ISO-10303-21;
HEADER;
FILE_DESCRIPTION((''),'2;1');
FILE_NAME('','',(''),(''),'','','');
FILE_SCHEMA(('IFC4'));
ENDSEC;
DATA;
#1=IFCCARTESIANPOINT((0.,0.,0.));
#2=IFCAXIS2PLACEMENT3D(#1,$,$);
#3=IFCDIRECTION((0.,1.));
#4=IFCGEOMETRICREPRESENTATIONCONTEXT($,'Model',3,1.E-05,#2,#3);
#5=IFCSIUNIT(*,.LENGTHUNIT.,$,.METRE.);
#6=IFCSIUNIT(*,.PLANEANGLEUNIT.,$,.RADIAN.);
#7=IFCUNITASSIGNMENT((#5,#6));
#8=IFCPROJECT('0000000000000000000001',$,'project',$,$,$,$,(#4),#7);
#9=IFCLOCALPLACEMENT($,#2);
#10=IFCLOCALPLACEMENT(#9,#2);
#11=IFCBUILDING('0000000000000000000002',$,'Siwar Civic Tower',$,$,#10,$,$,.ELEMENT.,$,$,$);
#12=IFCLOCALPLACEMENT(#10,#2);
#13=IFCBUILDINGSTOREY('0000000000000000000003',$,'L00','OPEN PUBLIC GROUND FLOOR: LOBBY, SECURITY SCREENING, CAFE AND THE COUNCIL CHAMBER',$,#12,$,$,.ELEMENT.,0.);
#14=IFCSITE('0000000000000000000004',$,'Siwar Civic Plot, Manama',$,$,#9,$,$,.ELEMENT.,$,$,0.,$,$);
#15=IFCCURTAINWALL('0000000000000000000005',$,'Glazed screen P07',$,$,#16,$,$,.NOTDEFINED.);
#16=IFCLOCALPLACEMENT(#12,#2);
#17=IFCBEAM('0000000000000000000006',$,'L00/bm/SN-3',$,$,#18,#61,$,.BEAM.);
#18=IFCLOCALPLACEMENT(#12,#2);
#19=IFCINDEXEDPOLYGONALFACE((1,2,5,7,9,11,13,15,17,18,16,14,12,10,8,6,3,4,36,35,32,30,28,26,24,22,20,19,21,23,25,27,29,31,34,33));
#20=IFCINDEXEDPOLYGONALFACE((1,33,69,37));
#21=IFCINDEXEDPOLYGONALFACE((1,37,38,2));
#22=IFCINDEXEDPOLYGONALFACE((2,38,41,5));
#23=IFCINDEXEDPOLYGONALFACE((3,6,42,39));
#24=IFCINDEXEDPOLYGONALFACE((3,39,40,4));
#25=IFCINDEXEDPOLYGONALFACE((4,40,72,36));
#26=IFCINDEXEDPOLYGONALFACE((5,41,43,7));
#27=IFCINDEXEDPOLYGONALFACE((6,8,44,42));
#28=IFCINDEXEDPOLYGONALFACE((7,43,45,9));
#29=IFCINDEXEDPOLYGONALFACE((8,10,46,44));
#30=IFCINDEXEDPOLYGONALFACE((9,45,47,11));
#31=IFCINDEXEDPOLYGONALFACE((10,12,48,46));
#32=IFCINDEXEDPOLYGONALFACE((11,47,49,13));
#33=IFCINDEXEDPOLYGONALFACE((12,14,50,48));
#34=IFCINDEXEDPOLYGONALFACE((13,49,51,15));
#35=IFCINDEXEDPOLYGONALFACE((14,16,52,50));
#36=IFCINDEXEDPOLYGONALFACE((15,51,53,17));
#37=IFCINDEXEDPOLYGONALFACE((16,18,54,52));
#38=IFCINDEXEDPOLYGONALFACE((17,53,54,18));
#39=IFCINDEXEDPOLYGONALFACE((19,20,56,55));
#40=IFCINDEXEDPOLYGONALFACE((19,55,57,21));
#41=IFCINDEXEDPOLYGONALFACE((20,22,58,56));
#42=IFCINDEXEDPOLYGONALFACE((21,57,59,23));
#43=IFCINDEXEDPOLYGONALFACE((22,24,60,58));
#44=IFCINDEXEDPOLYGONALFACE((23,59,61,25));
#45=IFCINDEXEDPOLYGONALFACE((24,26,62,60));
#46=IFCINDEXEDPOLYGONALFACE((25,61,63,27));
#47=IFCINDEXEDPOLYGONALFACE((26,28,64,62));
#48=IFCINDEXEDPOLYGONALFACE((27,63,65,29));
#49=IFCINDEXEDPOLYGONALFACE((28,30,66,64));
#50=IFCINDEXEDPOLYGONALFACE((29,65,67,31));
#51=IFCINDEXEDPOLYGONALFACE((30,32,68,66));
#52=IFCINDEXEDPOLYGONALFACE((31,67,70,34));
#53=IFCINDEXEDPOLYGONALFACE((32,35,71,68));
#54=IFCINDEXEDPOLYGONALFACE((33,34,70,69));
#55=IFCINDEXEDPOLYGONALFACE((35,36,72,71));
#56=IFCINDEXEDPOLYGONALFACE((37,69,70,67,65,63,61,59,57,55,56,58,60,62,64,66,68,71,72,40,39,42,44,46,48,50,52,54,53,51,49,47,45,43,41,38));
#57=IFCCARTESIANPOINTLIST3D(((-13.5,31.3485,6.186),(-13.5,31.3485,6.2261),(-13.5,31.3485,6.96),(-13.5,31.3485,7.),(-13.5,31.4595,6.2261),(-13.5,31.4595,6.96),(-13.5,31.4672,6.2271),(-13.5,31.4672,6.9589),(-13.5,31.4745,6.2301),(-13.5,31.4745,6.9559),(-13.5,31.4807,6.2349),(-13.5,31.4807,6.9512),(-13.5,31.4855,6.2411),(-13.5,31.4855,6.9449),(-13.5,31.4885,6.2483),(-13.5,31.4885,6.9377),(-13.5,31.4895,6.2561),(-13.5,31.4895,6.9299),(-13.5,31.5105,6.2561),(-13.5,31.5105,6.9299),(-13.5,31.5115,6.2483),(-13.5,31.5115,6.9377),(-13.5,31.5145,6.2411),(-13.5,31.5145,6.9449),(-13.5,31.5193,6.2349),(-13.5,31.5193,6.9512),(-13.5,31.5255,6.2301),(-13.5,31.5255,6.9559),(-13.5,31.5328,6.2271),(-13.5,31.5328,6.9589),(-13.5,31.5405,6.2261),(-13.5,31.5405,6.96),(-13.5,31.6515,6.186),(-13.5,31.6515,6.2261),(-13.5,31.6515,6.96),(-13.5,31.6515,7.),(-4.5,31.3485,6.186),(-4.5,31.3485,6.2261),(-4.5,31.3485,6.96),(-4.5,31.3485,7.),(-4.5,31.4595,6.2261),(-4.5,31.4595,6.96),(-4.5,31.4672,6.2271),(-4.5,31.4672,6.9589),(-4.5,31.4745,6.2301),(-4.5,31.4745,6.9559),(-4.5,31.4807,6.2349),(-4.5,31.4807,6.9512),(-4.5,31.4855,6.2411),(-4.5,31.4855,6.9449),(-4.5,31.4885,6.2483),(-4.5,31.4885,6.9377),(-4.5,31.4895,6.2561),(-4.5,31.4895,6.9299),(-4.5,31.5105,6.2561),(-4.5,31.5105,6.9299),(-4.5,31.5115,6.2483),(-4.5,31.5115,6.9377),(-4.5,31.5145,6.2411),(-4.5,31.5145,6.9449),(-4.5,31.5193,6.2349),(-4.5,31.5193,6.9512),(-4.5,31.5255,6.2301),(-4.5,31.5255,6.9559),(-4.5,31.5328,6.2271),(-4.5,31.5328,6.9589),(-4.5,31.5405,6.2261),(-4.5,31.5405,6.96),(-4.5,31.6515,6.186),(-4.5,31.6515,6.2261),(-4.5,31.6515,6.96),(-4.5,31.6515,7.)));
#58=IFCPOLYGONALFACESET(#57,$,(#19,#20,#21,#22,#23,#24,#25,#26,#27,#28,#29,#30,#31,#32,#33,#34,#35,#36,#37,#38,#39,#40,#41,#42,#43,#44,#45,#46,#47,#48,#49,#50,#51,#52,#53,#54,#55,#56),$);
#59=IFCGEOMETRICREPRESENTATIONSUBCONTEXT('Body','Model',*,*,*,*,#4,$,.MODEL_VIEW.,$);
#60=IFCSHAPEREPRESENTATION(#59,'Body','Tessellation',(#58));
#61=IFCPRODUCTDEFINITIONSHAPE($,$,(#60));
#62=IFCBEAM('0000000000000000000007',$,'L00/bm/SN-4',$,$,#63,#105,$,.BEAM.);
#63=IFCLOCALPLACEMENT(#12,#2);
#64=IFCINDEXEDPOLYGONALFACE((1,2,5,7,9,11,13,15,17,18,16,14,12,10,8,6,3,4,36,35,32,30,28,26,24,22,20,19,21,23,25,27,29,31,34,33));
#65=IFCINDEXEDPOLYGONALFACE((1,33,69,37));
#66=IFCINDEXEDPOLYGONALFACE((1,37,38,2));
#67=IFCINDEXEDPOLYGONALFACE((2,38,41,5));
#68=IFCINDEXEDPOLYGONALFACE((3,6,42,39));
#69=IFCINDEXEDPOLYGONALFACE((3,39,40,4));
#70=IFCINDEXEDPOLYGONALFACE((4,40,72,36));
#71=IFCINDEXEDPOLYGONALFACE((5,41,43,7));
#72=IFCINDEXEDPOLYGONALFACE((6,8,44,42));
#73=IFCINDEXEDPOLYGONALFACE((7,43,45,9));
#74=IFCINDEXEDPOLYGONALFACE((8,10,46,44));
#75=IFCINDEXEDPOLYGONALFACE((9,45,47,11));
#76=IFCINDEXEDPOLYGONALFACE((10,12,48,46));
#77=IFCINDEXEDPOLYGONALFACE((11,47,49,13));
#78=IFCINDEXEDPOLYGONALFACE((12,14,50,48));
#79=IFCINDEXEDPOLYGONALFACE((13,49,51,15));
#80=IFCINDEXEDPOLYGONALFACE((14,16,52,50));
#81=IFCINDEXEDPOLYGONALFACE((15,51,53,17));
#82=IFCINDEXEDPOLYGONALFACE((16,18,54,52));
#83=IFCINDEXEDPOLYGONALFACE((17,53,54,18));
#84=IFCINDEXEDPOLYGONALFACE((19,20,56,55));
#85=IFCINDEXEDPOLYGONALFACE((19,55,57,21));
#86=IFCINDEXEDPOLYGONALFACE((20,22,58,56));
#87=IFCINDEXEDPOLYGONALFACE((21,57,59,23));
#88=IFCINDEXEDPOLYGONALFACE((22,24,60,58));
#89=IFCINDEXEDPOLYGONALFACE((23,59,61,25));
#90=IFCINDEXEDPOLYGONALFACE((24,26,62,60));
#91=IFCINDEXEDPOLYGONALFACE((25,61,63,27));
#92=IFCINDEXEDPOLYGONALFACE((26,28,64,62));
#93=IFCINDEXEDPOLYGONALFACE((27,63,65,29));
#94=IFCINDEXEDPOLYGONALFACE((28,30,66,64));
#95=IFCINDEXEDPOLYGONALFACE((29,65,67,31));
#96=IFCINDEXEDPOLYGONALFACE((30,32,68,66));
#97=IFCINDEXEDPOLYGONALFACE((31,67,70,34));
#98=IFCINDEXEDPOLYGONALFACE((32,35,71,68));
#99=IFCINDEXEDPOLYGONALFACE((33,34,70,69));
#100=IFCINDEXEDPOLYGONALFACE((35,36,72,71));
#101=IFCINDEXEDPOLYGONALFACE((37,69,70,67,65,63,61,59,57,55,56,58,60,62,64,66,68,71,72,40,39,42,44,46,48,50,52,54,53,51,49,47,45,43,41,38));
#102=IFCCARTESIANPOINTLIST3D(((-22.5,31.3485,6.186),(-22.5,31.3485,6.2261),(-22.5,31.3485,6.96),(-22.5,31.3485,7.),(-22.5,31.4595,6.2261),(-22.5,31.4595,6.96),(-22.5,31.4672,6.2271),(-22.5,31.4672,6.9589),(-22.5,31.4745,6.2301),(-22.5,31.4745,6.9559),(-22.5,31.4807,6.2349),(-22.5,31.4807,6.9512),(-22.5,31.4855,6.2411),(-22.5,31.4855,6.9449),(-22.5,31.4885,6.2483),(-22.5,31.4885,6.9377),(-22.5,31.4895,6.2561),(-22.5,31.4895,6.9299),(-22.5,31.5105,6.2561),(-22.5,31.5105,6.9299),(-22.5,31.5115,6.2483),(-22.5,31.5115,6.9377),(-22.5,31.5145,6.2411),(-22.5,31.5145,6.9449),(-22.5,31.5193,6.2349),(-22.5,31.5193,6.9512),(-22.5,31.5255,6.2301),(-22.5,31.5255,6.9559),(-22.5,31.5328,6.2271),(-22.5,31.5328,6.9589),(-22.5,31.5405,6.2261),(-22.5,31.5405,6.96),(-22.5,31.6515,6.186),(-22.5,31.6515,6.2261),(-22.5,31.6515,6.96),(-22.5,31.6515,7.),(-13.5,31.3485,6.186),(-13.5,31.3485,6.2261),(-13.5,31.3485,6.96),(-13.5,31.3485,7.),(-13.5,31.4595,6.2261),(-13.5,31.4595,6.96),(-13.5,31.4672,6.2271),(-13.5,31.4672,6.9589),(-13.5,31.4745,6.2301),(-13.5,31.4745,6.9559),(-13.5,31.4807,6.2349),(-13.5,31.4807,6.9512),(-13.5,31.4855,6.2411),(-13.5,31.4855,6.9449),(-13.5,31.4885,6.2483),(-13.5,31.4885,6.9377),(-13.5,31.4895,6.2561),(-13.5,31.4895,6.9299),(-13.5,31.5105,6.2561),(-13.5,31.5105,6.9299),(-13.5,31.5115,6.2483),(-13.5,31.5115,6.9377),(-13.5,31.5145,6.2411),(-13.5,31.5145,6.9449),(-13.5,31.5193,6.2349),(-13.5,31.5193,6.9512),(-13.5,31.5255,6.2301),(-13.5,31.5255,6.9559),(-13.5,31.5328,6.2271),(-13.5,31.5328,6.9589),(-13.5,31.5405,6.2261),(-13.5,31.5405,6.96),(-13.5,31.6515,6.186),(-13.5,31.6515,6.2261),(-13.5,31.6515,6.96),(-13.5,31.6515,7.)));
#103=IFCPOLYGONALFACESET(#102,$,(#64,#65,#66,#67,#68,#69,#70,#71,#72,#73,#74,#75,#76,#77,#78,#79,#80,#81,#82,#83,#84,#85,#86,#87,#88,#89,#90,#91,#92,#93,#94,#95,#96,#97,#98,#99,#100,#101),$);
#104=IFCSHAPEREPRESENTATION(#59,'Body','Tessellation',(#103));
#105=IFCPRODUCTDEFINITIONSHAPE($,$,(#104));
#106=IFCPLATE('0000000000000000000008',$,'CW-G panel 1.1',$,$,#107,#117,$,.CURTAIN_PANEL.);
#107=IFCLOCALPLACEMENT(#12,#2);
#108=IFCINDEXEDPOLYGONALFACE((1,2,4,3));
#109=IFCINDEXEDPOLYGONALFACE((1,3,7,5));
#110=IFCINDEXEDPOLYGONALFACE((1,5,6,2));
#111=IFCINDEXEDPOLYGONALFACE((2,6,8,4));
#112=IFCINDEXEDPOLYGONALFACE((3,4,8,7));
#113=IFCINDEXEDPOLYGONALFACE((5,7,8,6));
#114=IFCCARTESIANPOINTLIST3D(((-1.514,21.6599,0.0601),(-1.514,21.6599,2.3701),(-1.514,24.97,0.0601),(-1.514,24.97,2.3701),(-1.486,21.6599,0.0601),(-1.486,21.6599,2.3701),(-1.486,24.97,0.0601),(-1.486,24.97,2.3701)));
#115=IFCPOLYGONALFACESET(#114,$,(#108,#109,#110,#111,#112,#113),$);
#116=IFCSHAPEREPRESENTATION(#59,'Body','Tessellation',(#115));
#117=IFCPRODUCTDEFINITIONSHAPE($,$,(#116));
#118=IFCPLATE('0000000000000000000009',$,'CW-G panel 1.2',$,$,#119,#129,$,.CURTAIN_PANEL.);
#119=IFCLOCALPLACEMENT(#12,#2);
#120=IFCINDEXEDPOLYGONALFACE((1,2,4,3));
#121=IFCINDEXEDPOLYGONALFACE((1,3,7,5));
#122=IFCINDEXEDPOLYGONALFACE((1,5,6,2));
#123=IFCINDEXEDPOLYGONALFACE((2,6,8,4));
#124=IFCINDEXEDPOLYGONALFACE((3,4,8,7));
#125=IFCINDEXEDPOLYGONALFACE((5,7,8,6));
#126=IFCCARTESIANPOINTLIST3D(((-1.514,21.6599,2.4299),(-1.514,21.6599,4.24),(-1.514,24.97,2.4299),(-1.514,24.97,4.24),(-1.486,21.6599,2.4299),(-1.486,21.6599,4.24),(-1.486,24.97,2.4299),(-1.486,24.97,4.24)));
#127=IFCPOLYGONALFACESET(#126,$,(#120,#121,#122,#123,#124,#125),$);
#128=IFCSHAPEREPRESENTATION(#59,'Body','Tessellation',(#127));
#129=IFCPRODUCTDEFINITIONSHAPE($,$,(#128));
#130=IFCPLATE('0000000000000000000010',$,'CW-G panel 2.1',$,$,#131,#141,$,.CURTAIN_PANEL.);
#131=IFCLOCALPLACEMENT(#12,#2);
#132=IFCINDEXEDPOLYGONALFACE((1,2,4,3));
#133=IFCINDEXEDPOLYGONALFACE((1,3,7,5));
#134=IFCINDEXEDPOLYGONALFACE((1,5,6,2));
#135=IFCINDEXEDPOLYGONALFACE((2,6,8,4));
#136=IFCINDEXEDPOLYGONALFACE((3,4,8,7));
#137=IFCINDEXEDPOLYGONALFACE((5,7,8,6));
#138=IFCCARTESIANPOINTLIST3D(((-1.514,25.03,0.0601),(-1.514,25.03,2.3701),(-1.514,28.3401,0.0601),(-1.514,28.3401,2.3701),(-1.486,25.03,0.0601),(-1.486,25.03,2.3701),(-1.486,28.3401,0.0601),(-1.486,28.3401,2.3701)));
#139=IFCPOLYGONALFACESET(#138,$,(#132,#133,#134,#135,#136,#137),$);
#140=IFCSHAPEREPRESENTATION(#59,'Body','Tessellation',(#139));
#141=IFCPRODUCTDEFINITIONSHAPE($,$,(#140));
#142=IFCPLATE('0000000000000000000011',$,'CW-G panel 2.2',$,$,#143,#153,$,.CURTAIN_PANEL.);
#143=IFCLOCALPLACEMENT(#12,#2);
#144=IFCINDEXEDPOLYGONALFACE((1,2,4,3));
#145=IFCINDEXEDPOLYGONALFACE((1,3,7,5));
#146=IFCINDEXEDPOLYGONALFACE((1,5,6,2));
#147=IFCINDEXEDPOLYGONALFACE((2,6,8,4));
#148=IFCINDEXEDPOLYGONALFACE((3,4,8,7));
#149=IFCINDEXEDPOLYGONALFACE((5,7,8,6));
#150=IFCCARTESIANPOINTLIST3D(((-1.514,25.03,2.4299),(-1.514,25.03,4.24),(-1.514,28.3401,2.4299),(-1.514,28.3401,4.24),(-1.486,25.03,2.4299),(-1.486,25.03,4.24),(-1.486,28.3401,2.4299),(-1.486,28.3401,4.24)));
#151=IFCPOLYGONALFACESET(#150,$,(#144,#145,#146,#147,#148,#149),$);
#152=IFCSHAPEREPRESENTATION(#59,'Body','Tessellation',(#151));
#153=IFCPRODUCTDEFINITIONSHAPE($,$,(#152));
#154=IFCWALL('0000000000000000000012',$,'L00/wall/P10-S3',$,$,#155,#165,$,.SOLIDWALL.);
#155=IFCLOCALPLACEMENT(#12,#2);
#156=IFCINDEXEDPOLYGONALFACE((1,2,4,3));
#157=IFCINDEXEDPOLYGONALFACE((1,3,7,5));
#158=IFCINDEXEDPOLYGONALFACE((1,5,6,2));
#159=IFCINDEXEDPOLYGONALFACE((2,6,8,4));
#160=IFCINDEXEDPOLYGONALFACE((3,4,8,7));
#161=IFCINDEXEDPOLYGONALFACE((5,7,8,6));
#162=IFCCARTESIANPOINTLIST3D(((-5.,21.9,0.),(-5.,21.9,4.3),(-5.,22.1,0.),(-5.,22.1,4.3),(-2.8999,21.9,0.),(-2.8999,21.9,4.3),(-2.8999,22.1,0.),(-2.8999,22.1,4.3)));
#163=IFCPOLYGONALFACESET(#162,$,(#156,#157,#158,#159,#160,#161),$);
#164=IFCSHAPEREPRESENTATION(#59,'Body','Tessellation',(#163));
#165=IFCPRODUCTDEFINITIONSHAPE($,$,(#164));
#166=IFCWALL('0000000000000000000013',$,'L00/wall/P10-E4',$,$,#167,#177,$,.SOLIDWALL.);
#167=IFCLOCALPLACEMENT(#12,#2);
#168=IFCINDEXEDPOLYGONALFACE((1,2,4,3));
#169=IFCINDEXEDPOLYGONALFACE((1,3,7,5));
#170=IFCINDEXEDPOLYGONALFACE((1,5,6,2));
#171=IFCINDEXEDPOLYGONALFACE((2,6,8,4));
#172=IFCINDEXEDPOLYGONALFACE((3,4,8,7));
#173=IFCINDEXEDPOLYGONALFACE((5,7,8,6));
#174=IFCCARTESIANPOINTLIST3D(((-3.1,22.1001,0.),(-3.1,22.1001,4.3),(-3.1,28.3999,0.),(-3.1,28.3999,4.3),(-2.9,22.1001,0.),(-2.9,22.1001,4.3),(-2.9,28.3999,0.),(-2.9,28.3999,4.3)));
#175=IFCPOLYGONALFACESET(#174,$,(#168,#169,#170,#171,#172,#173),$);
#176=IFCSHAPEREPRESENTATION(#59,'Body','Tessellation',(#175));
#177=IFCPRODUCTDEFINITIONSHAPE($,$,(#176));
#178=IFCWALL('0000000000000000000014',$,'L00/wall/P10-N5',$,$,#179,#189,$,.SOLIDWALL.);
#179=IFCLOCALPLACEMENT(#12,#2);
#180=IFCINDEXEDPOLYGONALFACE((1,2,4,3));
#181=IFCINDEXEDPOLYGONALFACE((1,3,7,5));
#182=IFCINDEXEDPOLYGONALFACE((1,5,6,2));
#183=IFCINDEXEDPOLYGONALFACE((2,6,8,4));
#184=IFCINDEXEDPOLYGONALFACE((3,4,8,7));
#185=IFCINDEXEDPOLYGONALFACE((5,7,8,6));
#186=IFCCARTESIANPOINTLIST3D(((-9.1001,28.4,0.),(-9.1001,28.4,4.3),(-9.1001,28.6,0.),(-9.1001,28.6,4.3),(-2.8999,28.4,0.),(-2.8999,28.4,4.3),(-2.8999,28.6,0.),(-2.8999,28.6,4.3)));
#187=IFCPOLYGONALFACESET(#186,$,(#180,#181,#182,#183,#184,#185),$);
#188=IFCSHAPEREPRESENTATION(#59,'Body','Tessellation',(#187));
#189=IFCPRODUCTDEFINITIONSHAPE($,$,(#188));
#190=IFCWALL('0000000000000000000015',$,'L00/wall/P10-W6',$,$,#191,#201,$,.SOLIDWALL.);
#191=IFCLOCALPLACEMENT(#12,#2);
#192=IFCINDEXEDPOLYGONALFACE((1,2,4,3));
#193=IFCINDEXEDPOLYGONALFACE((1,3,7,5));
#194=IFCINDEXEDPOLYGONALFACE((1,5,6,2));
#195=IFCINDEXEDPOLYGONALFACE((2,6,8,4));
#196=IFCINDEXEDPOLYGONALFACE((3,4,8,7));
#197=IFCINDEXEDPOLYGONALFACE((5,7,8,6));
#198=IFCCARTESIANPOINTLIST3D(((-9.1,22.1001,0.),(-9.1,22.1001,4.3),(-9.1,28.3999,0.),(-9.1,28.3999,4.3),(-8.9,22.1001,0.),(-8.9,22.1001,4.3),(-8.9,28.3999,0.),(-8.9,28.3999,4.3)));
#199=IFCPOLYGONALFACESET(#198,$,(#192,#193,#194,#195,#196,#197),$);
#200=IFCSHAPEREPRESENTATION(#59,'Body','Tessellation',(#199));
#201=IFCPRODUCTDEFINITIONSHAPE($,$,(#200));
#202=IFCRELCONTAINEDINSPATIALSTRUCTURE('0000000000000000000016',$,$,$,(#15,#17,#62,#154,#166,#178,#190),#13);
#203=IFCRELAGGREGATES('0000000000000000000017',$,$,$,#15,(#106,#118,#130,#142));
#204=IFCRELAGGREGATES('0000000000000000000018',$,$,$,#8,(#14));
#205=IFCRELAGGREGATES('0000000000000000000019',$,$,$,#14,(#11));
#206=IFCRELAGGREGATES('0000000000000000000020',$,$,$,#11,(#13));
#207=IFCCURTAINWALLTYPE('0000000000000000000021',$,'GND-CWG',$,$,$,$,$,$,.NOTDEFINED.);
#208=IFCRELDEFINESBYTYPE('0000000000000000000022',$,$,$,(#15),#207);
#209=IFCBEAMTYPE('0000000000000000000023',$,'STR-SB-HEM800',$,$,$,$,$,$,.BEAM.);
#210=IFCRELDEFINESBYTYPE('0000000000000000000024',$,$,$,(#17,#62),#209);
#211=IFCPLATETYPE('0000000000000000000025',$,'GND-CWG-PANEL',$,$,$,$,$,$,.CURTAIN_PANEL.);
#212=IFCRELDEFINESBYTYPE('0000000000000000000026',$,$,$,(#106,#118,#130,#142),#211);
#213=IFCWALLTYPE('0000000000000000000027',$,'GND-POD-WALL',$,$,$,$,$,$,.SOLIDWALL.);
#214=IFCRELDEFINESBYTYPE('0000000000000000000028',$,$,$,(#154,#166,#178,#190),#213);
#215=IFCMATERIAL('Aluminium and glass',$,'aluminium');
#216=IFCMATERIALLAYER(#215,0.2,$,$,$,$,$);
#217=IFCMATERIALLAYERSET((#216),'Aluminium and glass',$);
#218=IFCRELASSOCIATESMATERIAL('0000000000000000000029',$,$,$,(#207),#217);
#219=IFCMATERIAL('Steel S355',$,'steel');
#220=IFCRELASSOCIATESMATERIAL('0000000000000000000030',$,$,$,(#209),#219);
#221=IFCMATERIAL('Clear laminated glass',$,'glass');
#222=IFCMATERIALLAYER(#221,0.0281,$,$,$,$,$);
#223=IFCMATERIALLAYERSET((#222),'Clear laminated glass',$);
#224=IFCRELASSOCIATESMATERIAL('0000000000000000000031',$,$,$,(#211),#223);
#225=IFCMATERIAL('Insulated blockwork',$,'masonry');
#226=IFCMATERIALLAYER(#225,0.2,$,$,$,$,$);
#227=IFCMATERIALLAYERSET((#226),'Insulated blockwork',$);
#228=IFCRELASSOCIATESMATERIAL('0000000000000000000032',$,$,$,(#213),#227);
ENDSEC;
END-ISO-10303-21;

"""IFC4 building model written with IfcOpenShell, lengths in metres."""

from ifc_helpers import new_model, si_unit, direction, frame, frame_2d, origin, origin_2d, place, context, subcontext, project, spatial, rectangle, i_section, extrude, material, layer, layer_set, material_profile, profile_set, type_object, element, aggregate, save


model = new_model("IFC4")

# Units and contexts
model_context = context("Model", 3, precision=1e-05, world=origin(), true_north=direction((0.0, 1.0)))
body_context = subcontext(model_context, "Body", "Model", "MODEL_VIEW")
ifc_project = project(units=[si_unit("LENGTHUNIT", "METRE"), si_unit("PLANEANGLEUNIT", "RADIAN")], contexts=[model_context])

# Site, building, storey
site_placement = place(None, origin())
site = spatial("IfcSite", under=ifc_project, at=site_placement, Name="Siwar Civic Plot, Manama", CompositionType="ELEMENT", RefElevation=0.0)
building_placement = place(site_placement, origin())
building = spatial("IfcBuilding", under=site, at=building_placement, Name="Siwar Civic Tower", CompositionType="ELEMENT")
storey_placement = place(building_placement, origin())
storey = spatial("IfcBuildingStorey", under=building, at=storey_placement, Name="L00", Description="OPEN PUBLIC GROUND FLOOR: LOBBY, SECURITY SCREENING, CAFE AND THE COUNCIL CHAMBER", CompositionType="ELEMENT", Elevation=0.0)

# Shared definitions
ifc_material_1 = material(Name="Aluminium and glass", Category="aluminium")
ifc_layer_1 = layer(ifc_material_1, 0.2)
ifc_layer_set_1 = layer_set([ifc_layer_1], Name="Aluminium and glass")
curtain_wall_type = type_object("IfcCurtainWallType", Name="GND-CWG", PredefinedType="NOTDEFINED", material=ifc_layer_set_1)

# Curtain wall
curtain_wall_1_placement = place(storey_placement, origin())
curtain_wall_1 = element("IfcCurtainWall", 1, at=curtain_wall_1_placement, inside=storey, type_object=curtain_wall_type, Name="Glazed screen P07", PredefinedType="NOTDEFINED")

# Beams
ifc_material_2 = material(Name="Steel S355", Category="steel")
ifc_material_profile_1 = material_profile(ifc_material_2, i_section(OverallWidth=0.303, OverallDepth=0.814, WebThickness=0.021, FlangeThickness=0.04, FilletRadius=0.03, at=origin_2d()), Name="HEM800")
ifc_profile_set_1 = profile_set([ifc_material_profile_1], Name="Steel S355")
beam_type_1 = type_object("IfcBeamType", Name="STR-SB-HEM800", PredefinedType="BEAM", material=ifc_profile_set_1)
for number, where, z_axis, x_axis, name in (
    (2, (-4.5, 31.5, 6.593), (-1.0, 0.0, 0.0), (0.0, -1.0, 0.0), "L00/bm/SN-3"),
    (3, (-13.5, 31.5, 6.593), (-1.0, 0.0, 0.0), (0.0, -1.0, 0.0), "L00/bm/SN-4"),
):
    element("IfcBeam", number, at=place(storey_placement, frame(where, z_axis=z_axis, x_axis=x_axis)), inside=storey, type_object=beam_type_1, Name=name, PredefinedType="BEAM", context=body_context, shape_type="SweptSolid", body=[
        extrude(i_section(OverallWidth=0.303, OverallDepth=0.814, WebThickness=0.021, FlangeThickness=0.04, FilletRadius=0.03, at=origin_2d()), origin(), (0.0, 0.0, 1.0), 9.0),
    ])

# Plates
ifc_material_3 = material(Name="Clear laminated glass", Category="glass")
ifc_layer_2 = layer(ifc_material_3, 0.0281)
ifc_layer_set_2 = layer_set([ifc_layer_2], Name="Clear laminated glass")
plate_type = type_object("IfcPlateType", Name="GND-CWG-PANEL", PredefinedType="CURTAIN_PANEL", material=ifc_layer_set_2)
plate_1_placement = place(storey_placement, frame((-1.5, 23.3149, 0.0601), z_axis=(0.0, 0.0, 1.0), x_axis=(0.0, 1.0, 0.0)))
plate_1 = element("IfcPlate", 4, at=plate_1_placement, type_object=plate_type, Name="CW-G panel 1.1", PredefinedType="CURTAIN_PANEL", context=body_context, shape_type="SweptSolid", body=[
    extrude(rectangle(XDim=3.3101, YDim=0.0281, at=origin_2d()), origin(), (0.0, 0.0, 1.0), 2.3101),
])
plate_2_placement = place(storey_placement, frame((-1.5, 23.3149, 2.4299), z_axis=(0.0, 0.0, 1.0), x_axis=(0.0, 1.0, 0.0)))
plate_2 = element("IfcPlate", 5, at=plate_2_placement, type_object=plate_type, Name="CW-G panel 1.2", PredefinedType="CURTAIN_PANEL", context=body_context, shape_type="SweptSolid", body=[
    extrude(rectangle(XDim=3.3101, YDim=0.0281, at=origin_2d()), origin(), (0.0, 0.0, 1.0), 1.8101),
])
plate_3_placement = place(storey_placement, frame((-1.5, 26.6851, 0.0601), z_axis=(0.0, 0.0, 1.0), x_axis=(0.0, 1.0, 0.0)))
plate_3 = element("IfcPlate", 6, at=plate_3_placement, type_object=plate_type, Name="CW-G panel 2.1", PredefinedType="CURTAIN_PANEL", context=body_context, shape_type="SweptSolid", body=[
    extrude(rectangle(XDim=3.3101, YDim=0.0281, at=origin_2d()), origin(), (0.0, 0.0, 1.0), 2.3101),
])
plate_4_placement = place(storey_placement, frame((-1.5, 26.6851, 2.4299), z_axis=(0.0, 0.0, 1.0), x_axis=(0.0, 1.0, 0.0)))
plate_4 = element("IfcPlate", 7, at=plate_4_placement, type_object=plate_type, Name="CW-G panel 2.2", PredefinedType="CURTAIN_PANEL", context=body_context, shape_type="SweptSolid", body=[
    extrude(rectangle(XDim=3.3101, YDim=0.0281, at=origin_2d()), origin(), (0.0, 0.0, 1.0), 1.8101),
])
aggregate(curtain_wall_1, [plate_1, plate_2, plate_3, plate_4])

# Walls
ifc_material_4 = material(Name="Insulated blockwork", Category="masonry")
ifc_layer_3 = layer(ifc_material_4, 0.2)
ifc_layer_set_3 = layer_set([ifc_layer_3], Name="Insulated blockwork")
wall_type = type_object("IfcWallType", Name="GND-POD-WALL", PredefinedType="SOLIDWALL", material=ifc_layer_set_3)
wall_1_placement = place(storey_placement, frame((-5.0, 22.0, 0.0), z_axis=(0.0, 0.0, 1.0), x_axis=(1.0, 0.0, 0.0)))
element("IfcWall", 8, at=wall_1_placement, inside=storey, type_object=wall_type, Name="L00/wall/P10-S3", PredefinedType="SOLIDWALL", context=body_context, shape_type="SweptSolid", body=[
    extrude(rectangle(XDim=2.1001, YDim=0.2, at=frame_2d((1.05, 0.0))), origin(), (0.0, 0.0, 1.0), 4.3),
])
wall_2_placement = place(storey_placement, frame((-3.0, 22.1001, 0.0), z_axis=(0.0, 0.0, 1.0), x_axis=(0.0, 1.0, 0.0)))
element("IfcWall", 9, at=wall_2_placement, inside=storey, type_object=wall_type, Name="L00/wall/P10-E4", PredefinedType="SOLIDWALL", context=body_context, shape_type="SweptSolid", body=[
    extrude(rectangle(XDim=6.2998, YDim=0.2, at=frame_2d((3.1499, 0.0))), origin(), (0.0, 0.0, 1.0), 4.3),
])
wall_3_placement = place(storey_placement, frame((-9.1001, 28.5, 0.0), z_axis=(0.0, 0.0, 1.0), x_axis=(1.0, 0.0, 0.0)))
element("IfcWall", 10, at=wall_3_placement, inside=storey, type_object=wall_type, Name="L00/wall/P10-N5", PredefinedType="SOLIDWALL", context=body_context, shape_type="SweptSolid", body=[
    extrude(rectangle(XDim=6.2002, YDim=0.2, at=frame_2d((3.1001, 0.0))), origin(), (0.0, 0.0, 1.0), 4.3),
])
wall_4_placement = place(storey_placement, frame((-9.0, 22.1001, 0.0), z_axis=(0.0, 0.0, 1.0), x_axis=(0.0, 1.0, 0.0)))
element("IfcWall", 11, at=wall_4_placement, inside=storey, type_object=wall_type, Name="L00/wall/P10-W6", PredefinedType="SOLIDWALL", context=body_context, shape_type="SweptSolid", body=[
    extrude(rectangle(XDim=6.2998, YDim=0.2, at=frame_2d((3.1499, 0.0))), origin(), (0.0, 0.0, 1.0), 4.3),
])

save(model, "model.ifc")
